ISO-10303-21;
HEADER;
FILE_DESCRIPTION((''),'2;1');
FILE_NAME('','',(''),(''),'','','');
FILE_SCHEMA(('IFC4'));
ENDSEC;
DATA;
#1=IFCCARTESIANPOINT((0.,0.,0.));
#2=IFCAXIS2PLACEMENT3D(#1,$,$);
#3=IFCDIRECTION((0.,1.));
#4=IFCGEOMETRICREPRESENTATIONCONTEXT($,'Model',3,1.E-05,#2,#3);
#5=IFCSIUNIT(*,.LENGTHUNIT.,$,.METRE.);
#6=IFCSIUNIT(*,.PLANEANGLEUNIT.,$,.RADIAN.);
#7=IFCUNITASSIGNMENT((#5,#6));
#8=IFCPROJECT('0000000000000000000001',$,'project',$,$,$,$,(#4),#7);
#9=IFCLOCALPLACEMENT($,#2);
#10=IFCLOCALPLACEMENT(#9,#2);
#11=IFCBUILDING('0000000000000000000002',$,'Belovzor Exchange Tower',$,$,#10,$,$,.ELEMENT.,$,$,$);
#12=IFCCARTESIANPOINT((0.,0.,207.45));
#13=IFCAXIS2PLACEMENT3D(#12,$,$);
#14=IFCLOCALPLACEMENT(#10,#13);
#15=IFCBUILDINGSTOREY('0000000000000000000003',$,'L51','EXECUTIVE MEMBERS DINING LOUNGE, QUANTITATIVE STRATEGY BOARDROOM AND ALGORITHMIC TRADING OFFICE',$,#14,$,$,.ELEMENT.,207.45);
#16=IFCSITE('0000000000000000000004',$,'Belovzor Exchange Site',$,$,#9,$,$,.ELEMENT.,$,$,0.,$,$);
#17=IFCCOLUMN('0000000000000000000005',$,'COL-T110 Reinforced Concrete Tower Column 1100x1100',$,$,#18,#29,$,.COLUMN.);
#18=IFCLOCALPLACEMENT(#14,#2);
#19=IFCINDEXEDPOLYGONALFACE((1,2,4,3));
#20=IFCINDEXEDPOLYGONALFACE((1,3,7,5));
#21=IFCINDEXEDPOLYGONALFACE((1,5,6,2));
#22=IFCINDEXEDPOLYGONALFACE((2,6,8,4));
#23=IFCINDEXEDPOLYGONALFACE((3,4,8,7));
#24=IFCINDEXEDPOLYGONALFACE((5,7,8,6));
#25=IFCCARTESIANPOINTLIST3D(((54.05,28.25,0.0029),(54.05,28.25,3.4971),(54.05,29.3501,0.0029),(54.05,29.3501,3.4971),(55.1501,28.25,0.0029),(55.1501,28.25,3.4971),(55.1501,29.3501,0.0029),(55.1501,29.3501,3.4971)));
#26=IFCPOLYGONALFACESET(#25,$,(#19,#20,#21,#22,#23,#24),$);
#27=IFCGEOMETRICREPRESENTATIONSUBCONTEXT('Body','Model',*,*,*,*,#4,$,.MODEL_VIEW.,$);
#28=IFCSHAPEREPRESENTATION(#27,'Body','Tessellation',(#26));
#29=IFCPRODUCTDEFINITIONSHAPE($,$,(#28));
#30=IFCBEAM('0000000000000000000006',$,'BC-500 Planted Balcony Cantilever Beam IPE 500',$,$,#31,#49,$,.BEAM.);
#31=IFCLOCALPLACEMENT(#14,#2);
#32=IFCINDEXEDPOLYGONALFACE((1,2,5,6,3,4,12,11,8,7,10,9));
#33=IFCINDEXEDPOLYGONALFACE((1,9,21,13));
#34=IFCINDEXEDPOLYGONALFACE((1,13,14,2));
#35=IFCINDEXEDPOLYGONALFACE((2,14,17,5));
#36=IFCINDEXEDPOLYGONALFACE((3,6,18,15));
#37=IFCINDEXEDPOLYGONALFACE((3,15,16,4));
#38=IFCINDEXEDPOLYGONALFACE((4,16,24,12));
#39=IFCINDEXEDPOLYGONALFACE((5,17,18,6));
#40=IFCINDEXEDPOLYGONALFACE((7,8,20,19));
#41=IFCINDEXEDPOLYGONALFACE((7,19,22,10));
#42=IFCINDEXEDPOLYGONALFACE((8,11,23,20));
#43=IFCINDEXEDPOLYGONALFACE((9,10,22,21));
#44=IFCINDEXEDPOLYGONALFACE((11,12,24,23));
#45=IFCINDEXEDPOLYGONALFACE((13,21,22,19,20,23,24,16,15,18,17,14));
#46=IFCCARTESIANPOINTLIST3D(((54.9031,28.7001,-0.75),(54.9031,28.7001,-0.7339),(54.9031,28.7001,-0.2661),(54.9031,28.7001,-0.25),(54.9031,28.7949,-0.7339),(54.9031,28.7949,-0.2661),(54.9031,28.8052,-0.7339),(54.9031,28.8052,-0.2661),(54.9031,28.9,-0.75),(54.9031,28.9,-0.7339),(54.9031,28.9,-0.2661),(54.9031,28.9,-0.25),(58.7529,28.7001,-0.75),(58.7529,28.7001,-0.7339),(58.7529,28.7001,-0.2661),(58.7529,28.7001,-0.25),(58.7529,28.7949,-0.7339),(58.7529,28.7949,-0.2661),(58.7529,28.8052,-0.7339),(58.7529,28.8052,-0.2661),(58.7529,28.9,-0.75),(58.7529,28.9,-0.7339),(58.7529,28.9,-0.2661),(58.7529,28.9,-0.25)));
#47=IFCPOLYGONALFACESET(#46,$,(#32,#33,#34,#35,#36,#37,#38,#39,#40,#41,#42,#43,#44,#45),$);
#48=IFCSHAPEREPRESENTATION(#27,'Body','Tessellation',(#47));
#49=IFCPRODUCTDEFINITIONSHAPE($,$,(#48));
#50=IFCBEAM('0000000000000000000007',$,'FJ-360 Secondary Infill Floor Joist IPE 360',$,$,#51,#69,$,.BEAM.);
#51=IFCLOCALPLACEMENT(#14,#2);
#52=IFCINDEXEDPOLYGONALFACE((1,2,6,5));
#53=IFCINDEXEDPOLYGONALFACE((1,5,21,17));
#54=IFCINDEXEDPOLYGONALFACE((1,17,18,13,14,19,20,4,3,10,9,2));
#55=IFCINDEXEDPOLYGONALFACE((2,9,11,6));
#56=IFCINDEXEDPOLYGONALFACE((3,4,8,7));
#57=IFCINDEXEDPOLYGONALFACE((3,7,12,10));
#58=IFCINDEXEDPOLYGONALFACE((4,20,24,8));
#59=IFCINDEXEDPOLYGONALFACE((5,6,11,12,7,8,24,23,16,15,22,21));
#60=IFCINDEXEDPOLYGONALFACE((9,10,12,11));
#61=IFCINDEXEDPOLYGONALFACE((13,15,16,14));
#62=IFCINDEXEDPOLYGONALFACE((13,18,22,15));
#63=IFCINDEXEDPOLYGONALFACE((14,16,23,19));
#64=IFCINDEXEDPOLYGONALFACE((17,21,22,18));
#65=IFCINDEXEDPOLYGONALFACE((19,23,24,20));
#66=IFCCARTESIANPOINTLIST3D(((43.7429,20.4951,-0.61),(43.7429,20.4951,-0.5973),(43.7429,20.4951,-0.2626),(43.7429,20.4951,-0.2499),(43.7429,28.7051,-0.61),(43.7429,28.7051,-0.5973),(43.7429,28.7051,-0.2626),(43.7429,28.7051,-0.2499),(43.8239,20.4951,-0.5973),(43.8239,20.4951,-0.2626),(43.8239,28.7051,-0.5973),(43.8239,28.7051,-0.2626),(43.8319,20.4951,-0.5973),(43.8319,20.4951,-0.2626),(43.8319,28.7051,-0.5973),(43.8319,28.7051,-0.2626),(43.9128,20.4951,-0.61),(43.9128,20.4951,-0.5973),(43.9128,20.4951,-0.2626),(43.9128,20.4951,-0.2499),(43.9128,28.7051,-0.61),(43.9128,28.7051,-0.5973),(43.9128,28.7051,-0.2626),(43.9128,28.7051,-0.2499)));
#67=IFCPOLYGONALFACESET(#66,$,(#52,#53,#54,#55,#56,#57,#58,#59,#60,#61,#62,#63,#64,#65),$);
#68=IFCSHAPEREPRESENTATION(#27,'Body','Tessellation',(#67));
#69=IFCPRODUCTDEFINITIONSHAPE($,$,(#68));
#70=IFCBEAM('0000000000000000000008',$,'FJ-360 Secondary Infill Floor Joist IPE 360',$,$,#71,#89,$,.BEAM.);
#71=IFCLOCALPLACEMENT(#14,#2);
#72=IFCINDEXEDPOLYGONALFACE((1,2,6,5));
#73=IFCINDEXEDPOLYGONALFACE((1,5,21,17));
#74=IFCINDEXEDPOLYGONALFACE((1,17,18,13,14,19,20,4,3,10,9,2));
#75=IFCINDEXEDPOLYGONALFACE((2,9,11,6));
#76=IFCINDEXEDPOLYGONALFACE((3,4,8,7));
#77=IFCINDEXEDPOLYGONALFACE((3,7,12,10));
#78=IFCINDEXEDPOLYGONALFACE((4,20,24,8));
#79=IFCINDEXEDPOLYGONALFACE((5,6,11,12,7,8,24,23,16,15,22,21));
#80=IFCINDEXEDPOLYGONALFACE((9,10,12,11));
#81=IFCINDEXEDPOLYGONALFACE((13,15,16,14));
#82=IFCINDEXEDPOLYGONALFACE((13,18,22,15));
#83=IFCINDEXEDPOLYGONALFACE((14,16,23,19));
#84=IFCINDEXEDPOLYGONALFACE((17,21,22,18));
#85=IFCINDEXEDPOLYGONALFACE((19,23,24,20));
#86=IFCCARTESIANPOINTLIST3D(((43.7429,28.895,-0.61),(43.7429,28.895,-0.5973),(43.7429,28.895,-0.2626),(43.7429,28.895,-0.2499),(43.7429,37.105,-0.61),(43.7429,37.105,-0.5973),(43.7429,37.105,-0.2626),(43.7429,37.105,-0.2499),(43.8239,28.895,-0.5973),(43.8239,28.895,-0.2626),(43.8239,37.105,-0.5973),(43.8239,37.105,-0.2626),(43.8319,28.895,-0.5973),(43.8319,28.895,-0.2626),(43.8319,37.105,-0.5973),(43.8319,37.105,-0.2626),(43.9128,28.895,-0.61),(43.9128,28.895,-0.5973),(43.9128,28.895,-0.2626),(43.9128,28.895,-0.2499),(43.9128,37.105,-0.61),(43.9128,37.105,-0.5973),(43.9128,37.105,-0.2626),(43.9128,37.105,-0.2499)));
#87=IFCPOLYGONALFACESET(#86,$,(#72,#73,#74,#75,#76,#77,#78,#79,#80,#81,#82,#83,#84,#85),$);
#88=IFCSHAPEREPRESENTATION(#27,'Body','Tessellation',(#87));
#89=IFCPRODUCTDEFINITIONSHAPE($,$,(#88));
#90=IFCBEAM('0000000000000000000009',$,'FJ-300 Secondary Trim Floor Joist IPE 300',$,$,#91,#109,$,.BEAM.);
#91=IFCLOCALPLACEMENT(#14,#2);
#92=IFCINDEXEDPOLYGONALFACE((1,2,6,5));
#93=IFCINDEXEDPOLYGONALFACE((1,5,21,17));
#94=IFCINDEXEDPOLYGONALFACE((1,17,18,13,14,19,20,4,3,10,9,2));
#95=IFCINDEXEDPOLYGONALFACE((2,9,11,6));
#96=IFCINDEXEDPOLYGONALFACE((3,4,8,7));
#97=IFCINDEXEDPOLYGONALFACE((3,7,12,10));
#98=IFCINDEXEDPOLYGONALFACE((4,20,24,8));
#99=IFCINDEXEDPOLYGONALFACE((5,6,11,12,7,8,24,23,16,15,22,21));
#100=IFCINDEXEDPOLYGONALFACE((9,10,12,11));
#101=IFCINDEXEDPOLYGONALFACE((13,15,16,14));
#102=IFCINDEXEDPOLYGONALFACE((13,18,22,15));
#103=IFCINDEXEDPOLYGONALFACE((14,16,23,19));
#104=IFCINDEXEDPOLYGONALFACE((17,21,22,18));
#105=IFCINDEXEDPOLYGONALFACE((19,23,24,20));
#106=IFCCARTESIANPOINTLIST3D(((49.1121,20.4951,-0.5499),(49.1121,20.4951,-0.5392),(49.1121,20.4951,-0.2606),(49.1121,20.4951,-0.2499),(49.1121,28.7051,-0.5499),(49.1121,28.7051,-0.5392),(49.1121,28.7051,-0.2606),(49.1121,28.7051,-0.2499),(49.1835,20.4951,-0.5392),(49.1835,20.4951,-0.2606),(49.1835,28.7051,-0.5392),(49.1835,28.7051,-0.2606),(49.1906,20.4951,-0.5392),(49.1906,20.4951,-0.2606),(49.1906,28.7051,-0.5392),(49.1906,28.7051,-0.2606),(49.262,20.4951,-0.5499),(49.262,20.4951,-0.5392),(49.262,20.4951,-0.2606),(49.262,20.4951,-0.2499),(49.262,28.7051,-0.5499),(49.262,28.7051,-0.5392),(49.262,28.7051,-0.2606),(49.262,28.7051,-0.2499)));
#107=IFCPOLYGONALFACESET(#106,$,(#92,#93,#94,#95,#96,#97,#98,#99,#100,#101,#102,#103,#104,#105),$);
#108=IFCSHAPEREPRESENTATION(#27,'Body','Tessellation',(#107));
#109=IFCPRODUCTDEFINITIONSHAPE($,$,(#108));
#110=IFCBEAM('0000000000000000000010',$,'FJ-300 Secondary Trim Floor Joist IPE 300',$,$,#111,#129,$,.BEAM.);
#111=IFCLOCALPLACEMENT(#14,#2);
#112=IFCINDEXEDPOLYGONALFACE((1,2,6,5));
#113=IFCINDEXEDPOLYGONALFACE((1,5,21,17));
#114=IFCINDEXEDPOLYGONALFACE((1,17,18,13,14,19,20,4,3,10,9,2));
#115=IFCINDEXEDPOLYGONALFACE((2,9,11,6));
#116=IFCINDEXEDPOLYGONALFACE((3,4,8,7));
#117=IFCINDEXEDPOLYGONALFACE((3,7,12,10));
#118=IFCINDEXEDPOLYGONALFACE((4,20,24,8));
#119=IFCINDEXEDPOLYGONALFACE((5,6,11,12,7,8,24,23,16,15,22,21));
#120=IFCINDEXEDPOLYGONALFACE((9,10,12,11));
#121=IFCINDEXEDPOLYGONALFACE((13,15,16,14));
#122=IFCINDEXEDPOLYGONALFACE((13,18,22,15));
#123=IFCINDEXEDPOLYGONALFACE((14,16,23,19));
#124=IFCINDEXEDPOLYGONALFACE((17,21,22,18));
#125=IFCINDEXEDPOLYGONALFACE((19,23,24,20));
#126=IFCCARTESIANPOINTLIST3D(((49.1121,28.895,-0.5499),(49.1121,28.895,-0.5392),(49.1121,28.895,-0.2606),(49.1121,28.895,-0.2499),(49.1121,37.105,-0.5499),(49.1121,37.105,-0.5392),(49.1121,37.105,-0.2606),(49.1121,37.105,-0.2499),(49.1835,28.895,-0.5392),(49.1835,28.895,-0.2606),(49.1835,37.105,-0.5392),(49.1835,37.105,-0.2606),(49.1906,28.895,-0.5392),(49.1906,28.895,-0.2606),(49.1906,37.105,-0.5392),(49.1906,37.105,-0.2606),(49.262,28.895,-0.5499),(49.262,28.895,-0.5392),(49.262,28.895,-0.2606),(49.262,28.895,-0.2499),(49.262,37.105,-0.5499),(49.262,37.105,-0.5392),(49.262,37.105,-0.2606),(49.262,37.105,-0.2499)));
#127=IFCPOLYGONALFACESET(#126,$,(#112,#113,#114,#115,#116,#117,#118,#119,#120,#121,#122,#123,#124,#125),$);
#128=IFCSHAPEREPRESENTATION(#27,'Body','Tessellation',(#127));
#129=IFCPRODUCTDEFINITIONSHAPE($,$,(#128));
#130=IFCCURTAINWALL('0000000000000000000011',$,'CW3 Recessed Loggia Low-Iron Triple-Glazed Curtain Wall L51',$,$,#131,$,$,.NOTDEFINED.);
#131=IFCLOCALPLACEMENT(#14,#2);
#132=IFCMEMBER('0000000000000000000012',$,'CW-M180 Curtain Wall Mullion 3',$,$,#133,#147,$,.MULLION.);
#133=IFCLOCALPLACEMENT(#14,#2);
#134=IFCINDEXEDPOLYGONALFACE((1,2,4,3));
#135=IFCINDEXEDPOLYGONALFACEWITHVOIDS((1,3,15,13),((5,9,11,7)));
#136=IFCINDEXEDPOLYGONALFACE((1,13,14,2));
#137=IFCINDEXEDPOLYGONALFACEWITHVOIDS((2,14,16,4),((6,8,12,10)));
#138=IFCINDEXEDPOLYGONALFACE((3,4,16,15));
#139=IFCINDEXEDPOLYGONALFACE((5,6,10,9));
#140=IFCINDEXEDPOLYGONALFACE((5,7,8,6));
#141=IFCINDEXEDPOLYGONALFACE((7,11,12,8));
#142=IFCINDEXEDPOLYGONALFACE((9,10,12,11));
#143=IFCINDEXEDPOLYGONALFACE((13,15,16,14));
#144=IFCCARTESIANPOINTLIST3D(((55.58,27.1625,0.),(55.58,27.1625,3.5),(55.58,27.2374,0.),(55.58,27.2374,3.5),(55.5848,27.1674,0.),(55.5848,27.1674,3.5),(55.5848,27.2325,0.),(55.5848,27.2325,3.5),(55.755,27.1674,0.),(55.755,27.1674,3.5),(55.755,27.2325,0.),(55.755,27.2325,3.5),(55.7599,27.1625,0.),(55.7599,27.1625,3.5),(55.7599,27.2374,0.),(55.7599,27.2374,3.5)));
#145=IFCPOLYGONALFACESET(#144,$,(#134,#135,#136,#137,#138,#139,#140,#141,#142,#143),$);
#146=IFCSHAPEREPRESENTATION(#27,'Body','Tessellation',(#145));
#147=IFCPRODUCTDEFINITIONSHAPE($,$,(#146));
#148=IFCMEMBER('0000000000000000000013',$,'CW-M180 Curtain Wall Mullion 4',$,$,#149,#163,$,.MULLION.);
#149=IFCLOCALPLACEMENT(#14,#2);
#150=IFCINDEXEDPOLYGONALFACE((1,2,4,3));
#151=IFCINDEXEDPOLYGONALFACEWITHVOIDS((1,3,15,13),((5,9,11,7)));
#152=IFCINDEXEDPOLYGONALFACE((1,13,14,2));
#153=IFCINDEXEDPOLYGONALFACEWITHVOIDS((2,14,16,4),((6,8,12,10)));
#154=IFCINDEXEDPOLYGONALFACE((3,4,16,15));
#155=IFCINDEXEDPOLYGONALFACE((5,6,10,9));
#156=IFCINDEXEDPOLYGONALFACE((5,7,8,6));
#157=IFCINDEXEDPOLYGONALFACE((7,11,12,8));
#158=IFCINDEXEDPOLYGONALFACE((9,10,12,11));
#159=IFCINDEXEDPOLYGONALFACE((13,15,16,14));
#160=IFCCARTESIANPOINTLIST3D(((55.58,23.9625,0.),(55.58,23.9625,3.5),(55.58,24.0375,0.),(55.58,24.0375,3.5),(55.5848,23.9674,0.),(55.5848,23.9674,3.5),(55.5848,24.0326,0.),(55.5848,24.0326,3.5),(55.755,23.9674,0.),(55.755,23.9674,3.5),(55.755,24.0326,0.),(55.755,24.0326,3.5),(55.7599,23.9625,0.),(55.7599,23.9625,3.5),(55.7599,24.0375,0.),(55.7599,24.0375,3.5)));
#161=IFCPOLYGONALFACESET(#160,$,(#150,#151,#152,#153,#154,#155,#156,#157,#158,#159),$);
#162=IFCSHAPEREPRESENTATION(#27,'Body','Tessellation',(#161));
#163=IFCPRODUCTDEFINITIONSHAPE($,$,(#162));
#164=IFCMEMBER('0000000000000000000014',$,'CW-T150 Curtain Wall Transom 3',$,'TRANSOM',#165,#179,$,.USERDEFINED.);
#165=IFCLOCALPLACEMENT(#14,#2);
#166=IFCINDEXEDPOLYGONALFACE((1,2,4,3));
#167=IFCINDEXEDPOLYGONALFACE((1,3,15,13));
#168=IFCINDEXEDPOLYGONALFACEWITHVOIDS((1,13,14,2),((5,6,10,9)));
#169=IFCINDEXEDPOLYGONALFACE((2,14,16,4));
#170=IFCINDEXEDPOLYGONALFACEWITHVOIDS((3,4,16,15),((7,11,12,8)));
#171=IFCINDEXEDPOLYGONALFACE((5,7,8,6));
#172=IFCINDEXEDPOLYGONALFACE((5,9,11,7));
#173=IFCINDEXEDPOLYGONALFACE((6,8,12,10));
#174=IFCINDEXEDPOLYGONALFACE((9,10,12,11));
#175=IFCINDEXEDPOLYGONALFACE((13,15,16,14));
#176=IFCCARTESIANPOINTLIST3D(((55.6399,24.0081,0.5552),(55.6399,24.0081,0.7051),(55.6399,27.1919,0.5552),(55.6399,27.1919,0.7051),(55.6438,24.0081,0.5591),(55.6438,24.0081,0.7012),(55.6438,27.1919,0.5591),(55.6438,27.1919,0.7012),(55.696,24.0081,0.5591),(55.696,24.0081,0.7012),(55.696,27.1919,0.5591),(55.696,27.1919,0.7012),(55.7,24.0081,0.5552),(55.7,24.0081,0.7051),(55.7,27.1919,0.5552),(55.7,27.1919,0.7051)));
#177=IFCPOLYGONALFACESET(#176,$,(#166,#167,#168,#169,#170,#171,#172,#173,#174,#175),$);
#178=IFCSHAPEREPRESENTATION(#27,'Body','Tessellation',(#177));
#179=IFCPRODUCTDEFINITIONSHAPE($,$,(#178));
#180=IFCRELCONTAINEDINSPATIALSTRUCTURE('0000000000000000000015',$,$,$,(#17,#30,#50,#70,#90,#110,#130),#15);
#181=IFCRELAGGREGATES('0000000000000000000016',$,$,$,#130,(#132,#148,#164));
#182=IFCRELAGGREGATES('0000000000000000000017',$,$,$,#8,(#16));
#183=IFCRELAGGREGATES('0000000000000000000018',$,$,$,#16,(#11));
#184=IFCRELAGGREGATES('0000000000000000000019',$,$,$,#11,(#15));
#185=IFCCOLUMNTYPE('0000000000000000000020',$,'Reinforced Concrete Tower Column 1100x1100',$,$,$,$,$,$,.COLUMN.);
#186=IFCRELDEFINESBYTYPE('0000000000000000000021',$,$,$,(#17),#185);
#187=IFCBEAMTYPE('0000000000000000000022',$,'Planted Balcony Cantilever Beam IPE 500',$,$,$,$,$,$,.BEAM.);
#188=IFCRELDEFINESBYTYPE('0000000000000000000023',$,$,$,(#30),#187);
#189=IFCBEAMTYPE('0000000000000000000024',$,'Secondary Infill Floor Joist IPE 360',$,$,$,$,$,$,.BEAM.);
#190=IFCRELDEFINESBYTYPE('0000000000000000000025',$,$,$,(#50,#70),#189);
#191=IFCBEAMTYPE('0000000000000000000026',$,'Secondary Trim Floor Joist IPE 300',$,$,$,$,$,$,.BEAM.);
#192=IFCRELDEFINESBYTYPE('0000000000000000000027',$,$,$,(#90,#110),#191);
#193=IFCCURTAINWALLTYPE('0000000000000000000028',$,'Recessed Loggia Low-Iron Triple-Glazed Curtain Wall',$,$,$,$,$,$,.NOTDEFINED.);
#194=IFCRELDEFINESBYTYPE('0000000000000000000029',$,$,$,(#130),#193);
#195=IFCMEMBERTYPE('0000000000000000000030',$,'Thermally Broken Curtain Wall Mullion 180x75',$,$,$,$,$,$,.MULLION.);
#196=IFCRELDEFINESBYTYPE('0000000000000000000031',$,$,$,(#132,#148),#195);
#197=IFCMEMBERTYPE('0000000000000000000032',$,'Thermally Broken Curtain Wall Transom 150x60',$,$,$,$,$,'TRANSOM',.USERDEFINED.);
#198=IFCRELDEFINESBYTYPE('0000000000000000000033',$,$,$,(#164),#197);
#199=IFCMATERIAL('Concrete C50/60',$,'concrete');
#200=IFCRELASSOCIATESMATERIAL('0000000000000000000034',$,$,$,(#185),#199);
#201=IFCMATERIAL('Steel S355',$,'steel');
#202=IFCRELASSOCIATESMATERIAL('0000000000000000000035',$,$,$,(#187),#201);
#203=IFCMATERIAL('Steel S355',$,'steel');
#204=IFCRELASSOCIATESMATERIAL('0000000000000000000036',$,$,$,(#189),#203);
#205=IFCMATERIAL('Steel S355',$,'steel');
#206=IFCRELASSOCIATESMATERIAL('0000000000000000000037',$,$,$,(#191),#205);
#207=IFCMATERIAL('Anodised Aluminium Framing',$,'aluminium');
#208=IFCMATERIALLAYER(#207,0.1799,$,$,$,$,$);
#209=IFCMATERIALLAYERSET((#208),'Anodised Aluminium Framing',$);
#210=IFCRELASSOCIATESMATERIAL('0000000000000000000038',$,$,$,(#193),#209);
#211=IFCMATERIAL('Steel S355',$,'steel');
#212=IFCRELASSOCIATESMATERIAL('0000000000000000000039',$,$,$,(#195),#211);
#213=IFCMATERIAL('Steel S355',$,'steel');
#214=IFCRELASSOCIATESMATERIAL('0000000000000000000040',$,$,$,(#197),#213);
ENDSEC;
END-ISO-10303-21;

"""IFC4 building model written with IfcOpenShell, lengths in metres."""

from ifc_helpers import new_model, si_unit, direction, frame, origin, origin_2d, place, context, subcontext, project, spatial, rectangle, hollow_rectangle, i_section, extrude, material, layer, layer_set, material_profile, profile_set, type_object, element, aggregate, save


model = new_model("IFC4")

# Units and contexts
model_context = context("Model", 3, precision=1e-05, world=origin(), true_north=direction((0.0, 1.0)))
body_context = subcontext(model_context, "Body", "Model", "MODEL_VIEW")
ifc_project = project(units=[si_unit("LENGTHUNIT", "METRE"), si_unit("PLANEANGLEUNIT", "RADIAN")], contexts=[model_context])

# Site, building, storey
site_placement = place(None, origin())
site = spatial("IfcSite", under=ifc_project, at=site_placement, Name="Belovzor Exchange Site", CompositionType="ELEMENT", RefElevation=0.0)
building_placement = place(site_placement, origin())
building = spatial("IfcBuilding", under=site, at=building_placement, Name="Belovzor Exchange Tower", CompositionType="ELEMENT")
storey_placement = place(building_placement, frame((0.0, 0.0, 207.45)))
storey = spatial("IfcBuildingStorey", under=building, at=storey_placement, Name="L51", Description="EXECUTIVE MEMBERS DINING LOUNGE, QUANTITATIVE STRATEGY BOARDROOM AND ALGORITHMIC TRADING OFFICE", CompositionType="ELEMENT", Elevation=207.45)

# Column
ifc_material_1 = material(Name="Concrete C50/60", Category="concrete")
ifc_material_profile_1 = material_profile(ifc_material_1, rectangle(XDim=1.1001, YDim=1.1001, at=origin_2d()))
ifc_profile_set_1 = profile_set([ifc_material_profile_1], Name="Concrete C50/60")
column_type = type_object("IfcColumnType", Name="Reinforced Concrete Tower Column 1100x1100", PredefinedType="COLUMN", material=ifc_profile_set_1)
column_placement = place(storey_placement, frame((54.6001, 28.8, 0.0029), z_axis=(0.0, 0.0, 1.0), x_axis=(1.0, 0.0, 0.0)))
element("IfcColumn", 1, at=column_placement, inside=storey, type_object=column_type, Name="COL-T110 Reinforced Concrete Tower Column 1100x1100", PredefinedType="COLUMN", context=body_context, shape_type="SweptSolid", body=[
    extrude(rectangle(XDim=1.1001, YDim=1.1001, at=origin_2d()), origin(), (0.0, 0.0, 1.0), 3.4941),
])

# Beams
ifc_material_2 = material(Name="Steel S355", Category="steel")
ifc_material_profile_2 = material_profile(ifc_material_2, i_section(OverallWidth=0.2, OverallDepth=0.5, WebThickness=0.0103, FlangeThickness=0.0161, at=origin_2d()))
ifc_profile_set_2 = profile_set([ifc_material_profile_2], Name="Steel S355")
beam_type_1 = type_object("IfcBeamType", Name="Planted Balcony Cantilever Beam IPE 500", PredefinedType="BEAM", material=ifc_profile_set_2)
beam_1_placement = place(storey_placement, frame((54.9031, 28.8, -0.5), z_axis=(1.0, 0.0, 0.0), x_axis=(0.0, 1.0, 0.0)))
element("IfcBeam", 2, at=beam_1_placement, inside=storey, type_object=beam_type_1, Name="BC-500 Planted Balcony Cantilever Beam IPE 500", PredefinedType="BEAM", context=body_context, shape_type="SweptSolid", body=[
    extrude(i_section(OverallWidth=0.2, OverallDepth=0.5, WebThickness=0.0103, FlangeThickness=0.0161, at=origin_2d()), origin(), (0.0, 0.0, 1.0), 3.8499),
])
ifc_material_3 = material(Name="Steel S355", Category="steel")
ifc_material_profile_3 = material_profile(ifc_material_3, i_section(OverallWidth=0.1699, OverallDepth=0.3601, WebThickness=0.0081, FlangeThickness=0.0127, at=origin_2d()))
ifc_profile_set_3 = profile_set([ifc_material_profile_3], Name="Steel S355")
beam_type_2 = type_object("IfcBeamType", Name="Secondary Infill Floor Joist IPE 360", PredefinedType="BEAM", material=ifc_profile_set_3)
for number, where, z_axis, x_axis, name in (
    (3, (43.8279, 20.4951, -0.4299), (0.0, 1.0, 0.0), (-1.0, 0.0, 0.0), "FJ-360 Secondary Infill Floor Joist IPE 360"),
    (4, (43.8279, 28.895, -0.4299), (0.0, 1.0, 0.0), (-1.0, 0.0, 0.0), "FJ-360 Secondary Infill Floor Joist IPE 360"),
):
    element("IfcBeam", number, at=place(storey_placement, frame(where, z_axis=z_axis, x_axis=x_axis)), inside=storey, type_object=beam_type_2, Name=name, PredefinedType="BEAM", context=body_context, shape_type="SweptSolid", body=[
        extrude(i_section(OverallWidth=0.1699, OverallDepth=0.3601, WebThickness=0.0081, FlangeThickness=0.0127, at=origin_2d()), origin(), (0.0, 0.0, 1.0), 8.21),
    ])
ifc_material_4 = material(Name="Steel S355", Category="steel")
ifc_material_profile_4 = material_profile(ifc_material_4, i_section(OverallWidth=0.1499, OverallDepth=0.3, WebThickness=0.0071, FlangeThickness=0.0107, at=origin_2d()))
ifc_profile_set_4 = profile_set([ifc_material_profile_4], Name="Steel S355")
beam_type_3 = type_object("IfcBeamType", Name="Secondary Trim Floor Joist IPE 300", PredefinedType="BEAM", material=ifc_profile_set_4)
for number, where, z_axis, x_axis, name in (
    (5, (49.187, 20.4951, -0.3999), (0.0, 1.0, 0.0), (-1.0, 0.0, 0.0), "FJ-300 Secondary Trim Floor Joist IPE 300"),
    (6, (49.187, 28.895, -0.3999), (0.0, 1.0, 0.0), (-1.0, 0.0, 0.0), "FJ-300 Secondary Trim Floor Joist IPE 300"),
):
    element("IfcBeam", number, at=place(storey_placement, frame(where, z_axis=z_axis, x_axis=x_axis)), inside=storey, type_object=beam_type_3, Name=name, PredefinedType="BEAM", context=body_context, shape_type="SweptSolid", body=[
        extrude(i_section(OverallWidth=0.1499, OverallDepth=0.3, WebThickness=0.0071, FlangeThickness=0.0107, at=origin_2d()), origin(), (0.0, 0.0, 1.0), 8.21),
    ])

# Curtain wall, members
ifc_material_5 = material(Name="Anodised Aluminium Framing", Category="aluminium")
ifc_layer_1 = layer(ifc_material_5, 0.1799)
ifc_layer_set_1 = layer_set([ifc_layer_1], Name="Anodised Aluminium Framing")
curtain_wall_type = type_object("IfcCurtainWallType", Name="Recessed Loggia Low-Iron Triple-Glazed Curtain Wall", PredefinedType="NOTDEFINED", material=ifc_layer_set_1)
curtain_wall_placement = place(storey_placement, origin())
curtain_wall = element("IfcCurtainWall", 7, at=curtain_wall_placement, inside=storey, type_object=curtain_wall_type, Name="CW3 Recessed Loggia Low-Iron Triple-Glazed Curtain Wall L51", PredefinedType="NOTDEFINED")
ifc_material_6 = material(Name="Steel S355", Category="steel")
ifc_material_profile_5 = material_profile(ifc_material_6, hollow_rectangle(XDim=0.075, YDim=0.1799, WallThickness=0.0049, at=origin_2d()))
ifc_profile_set_5 = profile_set([ifc_material_profile_5], Name="Steel S355")
member_type_1 = type_object("IfcMemberType", Name="Thermally Broken Curtain Wall Mullion 180x75", PredefinedType="MULLION", material=ifc_profile_set_5)
member_1_placement = place(storey_placement, frame((55.6699, 27.2, 0.0), z_axis=(0.0, 0.0, 1.0), x_axis=(0.0, -1.0, 0.0)))
member_1 = element("IfcMember", 8, at=member_1_placement, type_object=member_type_1, Name="CW-M180 Curtain Wall Mullion 3", PredefinedType="MULLION", context=body_context, shape_type="SweptSolid", body=[
    extrude(hollow_rectangle(XDim=0.075, YDim=0.1799, WallThickness=0.0049, at=origin_2d()), origin(), (0.0, 0.0, 1.0), 3.5),
])
member_2_placement = place(storey_placement, frame((55.6699, 24.0, 0.0), z_axis=(0.0, 0.0, 1.0), x_axis=(0.0, -1.0, 0.0)))
member_2 = element("IfcMember", 9, at=member_2_placement, type_object=member_type_1, Name="CW-M180 Curtain Wall Mullion 4", PredefinedType="MULLION", context=body_context, shape_type="SweptSolid", body=[
    extrude(hollow_rectangle(XDim=0.075, YDim=0.1799, WallThickness=0.0049, at=origin_2d()), origin(), (0.0, 0.0, 1.0), 3.5),
])
ifc_material_7 = material(Name="Steel S355", Category="steel")
ifc_material_profile_6 = material_profile(ifc_material_7, hollow_rectangle(XDim=0.0601, YDim=0.1499, WallThickness=0.0039, at=origin_2d()))
ifc_profile_set_6 = profile_set([ifc_material_profile_6], Name="Steel S355")
member_type_2 = type_object("IfcMemberType", Name="Thermally Broken Curtain Wall Transom 150x60", ElementType="TRANSOM", PredefinedType="USERDEFINED", material=ifc_profile_set_6)
member_3_placement = place(storey_placement, frame((55.6699, 27.1919, 0.6301), z_axis=(0.0, -1.0, 0.0), x_axis=(1.0, 0.0, 0.0)))
member_3 = element("IfcMember", 10, at=member_3_placement, type_object=member_type_2, Name="CW-T150 Curtain Wall Transom 3", ObjectType="TRANSOM", PredefinedType="USERDEFINED", context=body_context, shape_type="SweptSolid", body=[
    extrude(hollow_rectangle(XDim=0.0601, YDim=0.1499, WallThickness=0.0039, at=origin_2d()), origin(), (0.0, 0.0, 1.0), 3.1838),
])

aggregate(curtain_wall, [member_1, member_2, member_3])

save(model, "model.ifc")
